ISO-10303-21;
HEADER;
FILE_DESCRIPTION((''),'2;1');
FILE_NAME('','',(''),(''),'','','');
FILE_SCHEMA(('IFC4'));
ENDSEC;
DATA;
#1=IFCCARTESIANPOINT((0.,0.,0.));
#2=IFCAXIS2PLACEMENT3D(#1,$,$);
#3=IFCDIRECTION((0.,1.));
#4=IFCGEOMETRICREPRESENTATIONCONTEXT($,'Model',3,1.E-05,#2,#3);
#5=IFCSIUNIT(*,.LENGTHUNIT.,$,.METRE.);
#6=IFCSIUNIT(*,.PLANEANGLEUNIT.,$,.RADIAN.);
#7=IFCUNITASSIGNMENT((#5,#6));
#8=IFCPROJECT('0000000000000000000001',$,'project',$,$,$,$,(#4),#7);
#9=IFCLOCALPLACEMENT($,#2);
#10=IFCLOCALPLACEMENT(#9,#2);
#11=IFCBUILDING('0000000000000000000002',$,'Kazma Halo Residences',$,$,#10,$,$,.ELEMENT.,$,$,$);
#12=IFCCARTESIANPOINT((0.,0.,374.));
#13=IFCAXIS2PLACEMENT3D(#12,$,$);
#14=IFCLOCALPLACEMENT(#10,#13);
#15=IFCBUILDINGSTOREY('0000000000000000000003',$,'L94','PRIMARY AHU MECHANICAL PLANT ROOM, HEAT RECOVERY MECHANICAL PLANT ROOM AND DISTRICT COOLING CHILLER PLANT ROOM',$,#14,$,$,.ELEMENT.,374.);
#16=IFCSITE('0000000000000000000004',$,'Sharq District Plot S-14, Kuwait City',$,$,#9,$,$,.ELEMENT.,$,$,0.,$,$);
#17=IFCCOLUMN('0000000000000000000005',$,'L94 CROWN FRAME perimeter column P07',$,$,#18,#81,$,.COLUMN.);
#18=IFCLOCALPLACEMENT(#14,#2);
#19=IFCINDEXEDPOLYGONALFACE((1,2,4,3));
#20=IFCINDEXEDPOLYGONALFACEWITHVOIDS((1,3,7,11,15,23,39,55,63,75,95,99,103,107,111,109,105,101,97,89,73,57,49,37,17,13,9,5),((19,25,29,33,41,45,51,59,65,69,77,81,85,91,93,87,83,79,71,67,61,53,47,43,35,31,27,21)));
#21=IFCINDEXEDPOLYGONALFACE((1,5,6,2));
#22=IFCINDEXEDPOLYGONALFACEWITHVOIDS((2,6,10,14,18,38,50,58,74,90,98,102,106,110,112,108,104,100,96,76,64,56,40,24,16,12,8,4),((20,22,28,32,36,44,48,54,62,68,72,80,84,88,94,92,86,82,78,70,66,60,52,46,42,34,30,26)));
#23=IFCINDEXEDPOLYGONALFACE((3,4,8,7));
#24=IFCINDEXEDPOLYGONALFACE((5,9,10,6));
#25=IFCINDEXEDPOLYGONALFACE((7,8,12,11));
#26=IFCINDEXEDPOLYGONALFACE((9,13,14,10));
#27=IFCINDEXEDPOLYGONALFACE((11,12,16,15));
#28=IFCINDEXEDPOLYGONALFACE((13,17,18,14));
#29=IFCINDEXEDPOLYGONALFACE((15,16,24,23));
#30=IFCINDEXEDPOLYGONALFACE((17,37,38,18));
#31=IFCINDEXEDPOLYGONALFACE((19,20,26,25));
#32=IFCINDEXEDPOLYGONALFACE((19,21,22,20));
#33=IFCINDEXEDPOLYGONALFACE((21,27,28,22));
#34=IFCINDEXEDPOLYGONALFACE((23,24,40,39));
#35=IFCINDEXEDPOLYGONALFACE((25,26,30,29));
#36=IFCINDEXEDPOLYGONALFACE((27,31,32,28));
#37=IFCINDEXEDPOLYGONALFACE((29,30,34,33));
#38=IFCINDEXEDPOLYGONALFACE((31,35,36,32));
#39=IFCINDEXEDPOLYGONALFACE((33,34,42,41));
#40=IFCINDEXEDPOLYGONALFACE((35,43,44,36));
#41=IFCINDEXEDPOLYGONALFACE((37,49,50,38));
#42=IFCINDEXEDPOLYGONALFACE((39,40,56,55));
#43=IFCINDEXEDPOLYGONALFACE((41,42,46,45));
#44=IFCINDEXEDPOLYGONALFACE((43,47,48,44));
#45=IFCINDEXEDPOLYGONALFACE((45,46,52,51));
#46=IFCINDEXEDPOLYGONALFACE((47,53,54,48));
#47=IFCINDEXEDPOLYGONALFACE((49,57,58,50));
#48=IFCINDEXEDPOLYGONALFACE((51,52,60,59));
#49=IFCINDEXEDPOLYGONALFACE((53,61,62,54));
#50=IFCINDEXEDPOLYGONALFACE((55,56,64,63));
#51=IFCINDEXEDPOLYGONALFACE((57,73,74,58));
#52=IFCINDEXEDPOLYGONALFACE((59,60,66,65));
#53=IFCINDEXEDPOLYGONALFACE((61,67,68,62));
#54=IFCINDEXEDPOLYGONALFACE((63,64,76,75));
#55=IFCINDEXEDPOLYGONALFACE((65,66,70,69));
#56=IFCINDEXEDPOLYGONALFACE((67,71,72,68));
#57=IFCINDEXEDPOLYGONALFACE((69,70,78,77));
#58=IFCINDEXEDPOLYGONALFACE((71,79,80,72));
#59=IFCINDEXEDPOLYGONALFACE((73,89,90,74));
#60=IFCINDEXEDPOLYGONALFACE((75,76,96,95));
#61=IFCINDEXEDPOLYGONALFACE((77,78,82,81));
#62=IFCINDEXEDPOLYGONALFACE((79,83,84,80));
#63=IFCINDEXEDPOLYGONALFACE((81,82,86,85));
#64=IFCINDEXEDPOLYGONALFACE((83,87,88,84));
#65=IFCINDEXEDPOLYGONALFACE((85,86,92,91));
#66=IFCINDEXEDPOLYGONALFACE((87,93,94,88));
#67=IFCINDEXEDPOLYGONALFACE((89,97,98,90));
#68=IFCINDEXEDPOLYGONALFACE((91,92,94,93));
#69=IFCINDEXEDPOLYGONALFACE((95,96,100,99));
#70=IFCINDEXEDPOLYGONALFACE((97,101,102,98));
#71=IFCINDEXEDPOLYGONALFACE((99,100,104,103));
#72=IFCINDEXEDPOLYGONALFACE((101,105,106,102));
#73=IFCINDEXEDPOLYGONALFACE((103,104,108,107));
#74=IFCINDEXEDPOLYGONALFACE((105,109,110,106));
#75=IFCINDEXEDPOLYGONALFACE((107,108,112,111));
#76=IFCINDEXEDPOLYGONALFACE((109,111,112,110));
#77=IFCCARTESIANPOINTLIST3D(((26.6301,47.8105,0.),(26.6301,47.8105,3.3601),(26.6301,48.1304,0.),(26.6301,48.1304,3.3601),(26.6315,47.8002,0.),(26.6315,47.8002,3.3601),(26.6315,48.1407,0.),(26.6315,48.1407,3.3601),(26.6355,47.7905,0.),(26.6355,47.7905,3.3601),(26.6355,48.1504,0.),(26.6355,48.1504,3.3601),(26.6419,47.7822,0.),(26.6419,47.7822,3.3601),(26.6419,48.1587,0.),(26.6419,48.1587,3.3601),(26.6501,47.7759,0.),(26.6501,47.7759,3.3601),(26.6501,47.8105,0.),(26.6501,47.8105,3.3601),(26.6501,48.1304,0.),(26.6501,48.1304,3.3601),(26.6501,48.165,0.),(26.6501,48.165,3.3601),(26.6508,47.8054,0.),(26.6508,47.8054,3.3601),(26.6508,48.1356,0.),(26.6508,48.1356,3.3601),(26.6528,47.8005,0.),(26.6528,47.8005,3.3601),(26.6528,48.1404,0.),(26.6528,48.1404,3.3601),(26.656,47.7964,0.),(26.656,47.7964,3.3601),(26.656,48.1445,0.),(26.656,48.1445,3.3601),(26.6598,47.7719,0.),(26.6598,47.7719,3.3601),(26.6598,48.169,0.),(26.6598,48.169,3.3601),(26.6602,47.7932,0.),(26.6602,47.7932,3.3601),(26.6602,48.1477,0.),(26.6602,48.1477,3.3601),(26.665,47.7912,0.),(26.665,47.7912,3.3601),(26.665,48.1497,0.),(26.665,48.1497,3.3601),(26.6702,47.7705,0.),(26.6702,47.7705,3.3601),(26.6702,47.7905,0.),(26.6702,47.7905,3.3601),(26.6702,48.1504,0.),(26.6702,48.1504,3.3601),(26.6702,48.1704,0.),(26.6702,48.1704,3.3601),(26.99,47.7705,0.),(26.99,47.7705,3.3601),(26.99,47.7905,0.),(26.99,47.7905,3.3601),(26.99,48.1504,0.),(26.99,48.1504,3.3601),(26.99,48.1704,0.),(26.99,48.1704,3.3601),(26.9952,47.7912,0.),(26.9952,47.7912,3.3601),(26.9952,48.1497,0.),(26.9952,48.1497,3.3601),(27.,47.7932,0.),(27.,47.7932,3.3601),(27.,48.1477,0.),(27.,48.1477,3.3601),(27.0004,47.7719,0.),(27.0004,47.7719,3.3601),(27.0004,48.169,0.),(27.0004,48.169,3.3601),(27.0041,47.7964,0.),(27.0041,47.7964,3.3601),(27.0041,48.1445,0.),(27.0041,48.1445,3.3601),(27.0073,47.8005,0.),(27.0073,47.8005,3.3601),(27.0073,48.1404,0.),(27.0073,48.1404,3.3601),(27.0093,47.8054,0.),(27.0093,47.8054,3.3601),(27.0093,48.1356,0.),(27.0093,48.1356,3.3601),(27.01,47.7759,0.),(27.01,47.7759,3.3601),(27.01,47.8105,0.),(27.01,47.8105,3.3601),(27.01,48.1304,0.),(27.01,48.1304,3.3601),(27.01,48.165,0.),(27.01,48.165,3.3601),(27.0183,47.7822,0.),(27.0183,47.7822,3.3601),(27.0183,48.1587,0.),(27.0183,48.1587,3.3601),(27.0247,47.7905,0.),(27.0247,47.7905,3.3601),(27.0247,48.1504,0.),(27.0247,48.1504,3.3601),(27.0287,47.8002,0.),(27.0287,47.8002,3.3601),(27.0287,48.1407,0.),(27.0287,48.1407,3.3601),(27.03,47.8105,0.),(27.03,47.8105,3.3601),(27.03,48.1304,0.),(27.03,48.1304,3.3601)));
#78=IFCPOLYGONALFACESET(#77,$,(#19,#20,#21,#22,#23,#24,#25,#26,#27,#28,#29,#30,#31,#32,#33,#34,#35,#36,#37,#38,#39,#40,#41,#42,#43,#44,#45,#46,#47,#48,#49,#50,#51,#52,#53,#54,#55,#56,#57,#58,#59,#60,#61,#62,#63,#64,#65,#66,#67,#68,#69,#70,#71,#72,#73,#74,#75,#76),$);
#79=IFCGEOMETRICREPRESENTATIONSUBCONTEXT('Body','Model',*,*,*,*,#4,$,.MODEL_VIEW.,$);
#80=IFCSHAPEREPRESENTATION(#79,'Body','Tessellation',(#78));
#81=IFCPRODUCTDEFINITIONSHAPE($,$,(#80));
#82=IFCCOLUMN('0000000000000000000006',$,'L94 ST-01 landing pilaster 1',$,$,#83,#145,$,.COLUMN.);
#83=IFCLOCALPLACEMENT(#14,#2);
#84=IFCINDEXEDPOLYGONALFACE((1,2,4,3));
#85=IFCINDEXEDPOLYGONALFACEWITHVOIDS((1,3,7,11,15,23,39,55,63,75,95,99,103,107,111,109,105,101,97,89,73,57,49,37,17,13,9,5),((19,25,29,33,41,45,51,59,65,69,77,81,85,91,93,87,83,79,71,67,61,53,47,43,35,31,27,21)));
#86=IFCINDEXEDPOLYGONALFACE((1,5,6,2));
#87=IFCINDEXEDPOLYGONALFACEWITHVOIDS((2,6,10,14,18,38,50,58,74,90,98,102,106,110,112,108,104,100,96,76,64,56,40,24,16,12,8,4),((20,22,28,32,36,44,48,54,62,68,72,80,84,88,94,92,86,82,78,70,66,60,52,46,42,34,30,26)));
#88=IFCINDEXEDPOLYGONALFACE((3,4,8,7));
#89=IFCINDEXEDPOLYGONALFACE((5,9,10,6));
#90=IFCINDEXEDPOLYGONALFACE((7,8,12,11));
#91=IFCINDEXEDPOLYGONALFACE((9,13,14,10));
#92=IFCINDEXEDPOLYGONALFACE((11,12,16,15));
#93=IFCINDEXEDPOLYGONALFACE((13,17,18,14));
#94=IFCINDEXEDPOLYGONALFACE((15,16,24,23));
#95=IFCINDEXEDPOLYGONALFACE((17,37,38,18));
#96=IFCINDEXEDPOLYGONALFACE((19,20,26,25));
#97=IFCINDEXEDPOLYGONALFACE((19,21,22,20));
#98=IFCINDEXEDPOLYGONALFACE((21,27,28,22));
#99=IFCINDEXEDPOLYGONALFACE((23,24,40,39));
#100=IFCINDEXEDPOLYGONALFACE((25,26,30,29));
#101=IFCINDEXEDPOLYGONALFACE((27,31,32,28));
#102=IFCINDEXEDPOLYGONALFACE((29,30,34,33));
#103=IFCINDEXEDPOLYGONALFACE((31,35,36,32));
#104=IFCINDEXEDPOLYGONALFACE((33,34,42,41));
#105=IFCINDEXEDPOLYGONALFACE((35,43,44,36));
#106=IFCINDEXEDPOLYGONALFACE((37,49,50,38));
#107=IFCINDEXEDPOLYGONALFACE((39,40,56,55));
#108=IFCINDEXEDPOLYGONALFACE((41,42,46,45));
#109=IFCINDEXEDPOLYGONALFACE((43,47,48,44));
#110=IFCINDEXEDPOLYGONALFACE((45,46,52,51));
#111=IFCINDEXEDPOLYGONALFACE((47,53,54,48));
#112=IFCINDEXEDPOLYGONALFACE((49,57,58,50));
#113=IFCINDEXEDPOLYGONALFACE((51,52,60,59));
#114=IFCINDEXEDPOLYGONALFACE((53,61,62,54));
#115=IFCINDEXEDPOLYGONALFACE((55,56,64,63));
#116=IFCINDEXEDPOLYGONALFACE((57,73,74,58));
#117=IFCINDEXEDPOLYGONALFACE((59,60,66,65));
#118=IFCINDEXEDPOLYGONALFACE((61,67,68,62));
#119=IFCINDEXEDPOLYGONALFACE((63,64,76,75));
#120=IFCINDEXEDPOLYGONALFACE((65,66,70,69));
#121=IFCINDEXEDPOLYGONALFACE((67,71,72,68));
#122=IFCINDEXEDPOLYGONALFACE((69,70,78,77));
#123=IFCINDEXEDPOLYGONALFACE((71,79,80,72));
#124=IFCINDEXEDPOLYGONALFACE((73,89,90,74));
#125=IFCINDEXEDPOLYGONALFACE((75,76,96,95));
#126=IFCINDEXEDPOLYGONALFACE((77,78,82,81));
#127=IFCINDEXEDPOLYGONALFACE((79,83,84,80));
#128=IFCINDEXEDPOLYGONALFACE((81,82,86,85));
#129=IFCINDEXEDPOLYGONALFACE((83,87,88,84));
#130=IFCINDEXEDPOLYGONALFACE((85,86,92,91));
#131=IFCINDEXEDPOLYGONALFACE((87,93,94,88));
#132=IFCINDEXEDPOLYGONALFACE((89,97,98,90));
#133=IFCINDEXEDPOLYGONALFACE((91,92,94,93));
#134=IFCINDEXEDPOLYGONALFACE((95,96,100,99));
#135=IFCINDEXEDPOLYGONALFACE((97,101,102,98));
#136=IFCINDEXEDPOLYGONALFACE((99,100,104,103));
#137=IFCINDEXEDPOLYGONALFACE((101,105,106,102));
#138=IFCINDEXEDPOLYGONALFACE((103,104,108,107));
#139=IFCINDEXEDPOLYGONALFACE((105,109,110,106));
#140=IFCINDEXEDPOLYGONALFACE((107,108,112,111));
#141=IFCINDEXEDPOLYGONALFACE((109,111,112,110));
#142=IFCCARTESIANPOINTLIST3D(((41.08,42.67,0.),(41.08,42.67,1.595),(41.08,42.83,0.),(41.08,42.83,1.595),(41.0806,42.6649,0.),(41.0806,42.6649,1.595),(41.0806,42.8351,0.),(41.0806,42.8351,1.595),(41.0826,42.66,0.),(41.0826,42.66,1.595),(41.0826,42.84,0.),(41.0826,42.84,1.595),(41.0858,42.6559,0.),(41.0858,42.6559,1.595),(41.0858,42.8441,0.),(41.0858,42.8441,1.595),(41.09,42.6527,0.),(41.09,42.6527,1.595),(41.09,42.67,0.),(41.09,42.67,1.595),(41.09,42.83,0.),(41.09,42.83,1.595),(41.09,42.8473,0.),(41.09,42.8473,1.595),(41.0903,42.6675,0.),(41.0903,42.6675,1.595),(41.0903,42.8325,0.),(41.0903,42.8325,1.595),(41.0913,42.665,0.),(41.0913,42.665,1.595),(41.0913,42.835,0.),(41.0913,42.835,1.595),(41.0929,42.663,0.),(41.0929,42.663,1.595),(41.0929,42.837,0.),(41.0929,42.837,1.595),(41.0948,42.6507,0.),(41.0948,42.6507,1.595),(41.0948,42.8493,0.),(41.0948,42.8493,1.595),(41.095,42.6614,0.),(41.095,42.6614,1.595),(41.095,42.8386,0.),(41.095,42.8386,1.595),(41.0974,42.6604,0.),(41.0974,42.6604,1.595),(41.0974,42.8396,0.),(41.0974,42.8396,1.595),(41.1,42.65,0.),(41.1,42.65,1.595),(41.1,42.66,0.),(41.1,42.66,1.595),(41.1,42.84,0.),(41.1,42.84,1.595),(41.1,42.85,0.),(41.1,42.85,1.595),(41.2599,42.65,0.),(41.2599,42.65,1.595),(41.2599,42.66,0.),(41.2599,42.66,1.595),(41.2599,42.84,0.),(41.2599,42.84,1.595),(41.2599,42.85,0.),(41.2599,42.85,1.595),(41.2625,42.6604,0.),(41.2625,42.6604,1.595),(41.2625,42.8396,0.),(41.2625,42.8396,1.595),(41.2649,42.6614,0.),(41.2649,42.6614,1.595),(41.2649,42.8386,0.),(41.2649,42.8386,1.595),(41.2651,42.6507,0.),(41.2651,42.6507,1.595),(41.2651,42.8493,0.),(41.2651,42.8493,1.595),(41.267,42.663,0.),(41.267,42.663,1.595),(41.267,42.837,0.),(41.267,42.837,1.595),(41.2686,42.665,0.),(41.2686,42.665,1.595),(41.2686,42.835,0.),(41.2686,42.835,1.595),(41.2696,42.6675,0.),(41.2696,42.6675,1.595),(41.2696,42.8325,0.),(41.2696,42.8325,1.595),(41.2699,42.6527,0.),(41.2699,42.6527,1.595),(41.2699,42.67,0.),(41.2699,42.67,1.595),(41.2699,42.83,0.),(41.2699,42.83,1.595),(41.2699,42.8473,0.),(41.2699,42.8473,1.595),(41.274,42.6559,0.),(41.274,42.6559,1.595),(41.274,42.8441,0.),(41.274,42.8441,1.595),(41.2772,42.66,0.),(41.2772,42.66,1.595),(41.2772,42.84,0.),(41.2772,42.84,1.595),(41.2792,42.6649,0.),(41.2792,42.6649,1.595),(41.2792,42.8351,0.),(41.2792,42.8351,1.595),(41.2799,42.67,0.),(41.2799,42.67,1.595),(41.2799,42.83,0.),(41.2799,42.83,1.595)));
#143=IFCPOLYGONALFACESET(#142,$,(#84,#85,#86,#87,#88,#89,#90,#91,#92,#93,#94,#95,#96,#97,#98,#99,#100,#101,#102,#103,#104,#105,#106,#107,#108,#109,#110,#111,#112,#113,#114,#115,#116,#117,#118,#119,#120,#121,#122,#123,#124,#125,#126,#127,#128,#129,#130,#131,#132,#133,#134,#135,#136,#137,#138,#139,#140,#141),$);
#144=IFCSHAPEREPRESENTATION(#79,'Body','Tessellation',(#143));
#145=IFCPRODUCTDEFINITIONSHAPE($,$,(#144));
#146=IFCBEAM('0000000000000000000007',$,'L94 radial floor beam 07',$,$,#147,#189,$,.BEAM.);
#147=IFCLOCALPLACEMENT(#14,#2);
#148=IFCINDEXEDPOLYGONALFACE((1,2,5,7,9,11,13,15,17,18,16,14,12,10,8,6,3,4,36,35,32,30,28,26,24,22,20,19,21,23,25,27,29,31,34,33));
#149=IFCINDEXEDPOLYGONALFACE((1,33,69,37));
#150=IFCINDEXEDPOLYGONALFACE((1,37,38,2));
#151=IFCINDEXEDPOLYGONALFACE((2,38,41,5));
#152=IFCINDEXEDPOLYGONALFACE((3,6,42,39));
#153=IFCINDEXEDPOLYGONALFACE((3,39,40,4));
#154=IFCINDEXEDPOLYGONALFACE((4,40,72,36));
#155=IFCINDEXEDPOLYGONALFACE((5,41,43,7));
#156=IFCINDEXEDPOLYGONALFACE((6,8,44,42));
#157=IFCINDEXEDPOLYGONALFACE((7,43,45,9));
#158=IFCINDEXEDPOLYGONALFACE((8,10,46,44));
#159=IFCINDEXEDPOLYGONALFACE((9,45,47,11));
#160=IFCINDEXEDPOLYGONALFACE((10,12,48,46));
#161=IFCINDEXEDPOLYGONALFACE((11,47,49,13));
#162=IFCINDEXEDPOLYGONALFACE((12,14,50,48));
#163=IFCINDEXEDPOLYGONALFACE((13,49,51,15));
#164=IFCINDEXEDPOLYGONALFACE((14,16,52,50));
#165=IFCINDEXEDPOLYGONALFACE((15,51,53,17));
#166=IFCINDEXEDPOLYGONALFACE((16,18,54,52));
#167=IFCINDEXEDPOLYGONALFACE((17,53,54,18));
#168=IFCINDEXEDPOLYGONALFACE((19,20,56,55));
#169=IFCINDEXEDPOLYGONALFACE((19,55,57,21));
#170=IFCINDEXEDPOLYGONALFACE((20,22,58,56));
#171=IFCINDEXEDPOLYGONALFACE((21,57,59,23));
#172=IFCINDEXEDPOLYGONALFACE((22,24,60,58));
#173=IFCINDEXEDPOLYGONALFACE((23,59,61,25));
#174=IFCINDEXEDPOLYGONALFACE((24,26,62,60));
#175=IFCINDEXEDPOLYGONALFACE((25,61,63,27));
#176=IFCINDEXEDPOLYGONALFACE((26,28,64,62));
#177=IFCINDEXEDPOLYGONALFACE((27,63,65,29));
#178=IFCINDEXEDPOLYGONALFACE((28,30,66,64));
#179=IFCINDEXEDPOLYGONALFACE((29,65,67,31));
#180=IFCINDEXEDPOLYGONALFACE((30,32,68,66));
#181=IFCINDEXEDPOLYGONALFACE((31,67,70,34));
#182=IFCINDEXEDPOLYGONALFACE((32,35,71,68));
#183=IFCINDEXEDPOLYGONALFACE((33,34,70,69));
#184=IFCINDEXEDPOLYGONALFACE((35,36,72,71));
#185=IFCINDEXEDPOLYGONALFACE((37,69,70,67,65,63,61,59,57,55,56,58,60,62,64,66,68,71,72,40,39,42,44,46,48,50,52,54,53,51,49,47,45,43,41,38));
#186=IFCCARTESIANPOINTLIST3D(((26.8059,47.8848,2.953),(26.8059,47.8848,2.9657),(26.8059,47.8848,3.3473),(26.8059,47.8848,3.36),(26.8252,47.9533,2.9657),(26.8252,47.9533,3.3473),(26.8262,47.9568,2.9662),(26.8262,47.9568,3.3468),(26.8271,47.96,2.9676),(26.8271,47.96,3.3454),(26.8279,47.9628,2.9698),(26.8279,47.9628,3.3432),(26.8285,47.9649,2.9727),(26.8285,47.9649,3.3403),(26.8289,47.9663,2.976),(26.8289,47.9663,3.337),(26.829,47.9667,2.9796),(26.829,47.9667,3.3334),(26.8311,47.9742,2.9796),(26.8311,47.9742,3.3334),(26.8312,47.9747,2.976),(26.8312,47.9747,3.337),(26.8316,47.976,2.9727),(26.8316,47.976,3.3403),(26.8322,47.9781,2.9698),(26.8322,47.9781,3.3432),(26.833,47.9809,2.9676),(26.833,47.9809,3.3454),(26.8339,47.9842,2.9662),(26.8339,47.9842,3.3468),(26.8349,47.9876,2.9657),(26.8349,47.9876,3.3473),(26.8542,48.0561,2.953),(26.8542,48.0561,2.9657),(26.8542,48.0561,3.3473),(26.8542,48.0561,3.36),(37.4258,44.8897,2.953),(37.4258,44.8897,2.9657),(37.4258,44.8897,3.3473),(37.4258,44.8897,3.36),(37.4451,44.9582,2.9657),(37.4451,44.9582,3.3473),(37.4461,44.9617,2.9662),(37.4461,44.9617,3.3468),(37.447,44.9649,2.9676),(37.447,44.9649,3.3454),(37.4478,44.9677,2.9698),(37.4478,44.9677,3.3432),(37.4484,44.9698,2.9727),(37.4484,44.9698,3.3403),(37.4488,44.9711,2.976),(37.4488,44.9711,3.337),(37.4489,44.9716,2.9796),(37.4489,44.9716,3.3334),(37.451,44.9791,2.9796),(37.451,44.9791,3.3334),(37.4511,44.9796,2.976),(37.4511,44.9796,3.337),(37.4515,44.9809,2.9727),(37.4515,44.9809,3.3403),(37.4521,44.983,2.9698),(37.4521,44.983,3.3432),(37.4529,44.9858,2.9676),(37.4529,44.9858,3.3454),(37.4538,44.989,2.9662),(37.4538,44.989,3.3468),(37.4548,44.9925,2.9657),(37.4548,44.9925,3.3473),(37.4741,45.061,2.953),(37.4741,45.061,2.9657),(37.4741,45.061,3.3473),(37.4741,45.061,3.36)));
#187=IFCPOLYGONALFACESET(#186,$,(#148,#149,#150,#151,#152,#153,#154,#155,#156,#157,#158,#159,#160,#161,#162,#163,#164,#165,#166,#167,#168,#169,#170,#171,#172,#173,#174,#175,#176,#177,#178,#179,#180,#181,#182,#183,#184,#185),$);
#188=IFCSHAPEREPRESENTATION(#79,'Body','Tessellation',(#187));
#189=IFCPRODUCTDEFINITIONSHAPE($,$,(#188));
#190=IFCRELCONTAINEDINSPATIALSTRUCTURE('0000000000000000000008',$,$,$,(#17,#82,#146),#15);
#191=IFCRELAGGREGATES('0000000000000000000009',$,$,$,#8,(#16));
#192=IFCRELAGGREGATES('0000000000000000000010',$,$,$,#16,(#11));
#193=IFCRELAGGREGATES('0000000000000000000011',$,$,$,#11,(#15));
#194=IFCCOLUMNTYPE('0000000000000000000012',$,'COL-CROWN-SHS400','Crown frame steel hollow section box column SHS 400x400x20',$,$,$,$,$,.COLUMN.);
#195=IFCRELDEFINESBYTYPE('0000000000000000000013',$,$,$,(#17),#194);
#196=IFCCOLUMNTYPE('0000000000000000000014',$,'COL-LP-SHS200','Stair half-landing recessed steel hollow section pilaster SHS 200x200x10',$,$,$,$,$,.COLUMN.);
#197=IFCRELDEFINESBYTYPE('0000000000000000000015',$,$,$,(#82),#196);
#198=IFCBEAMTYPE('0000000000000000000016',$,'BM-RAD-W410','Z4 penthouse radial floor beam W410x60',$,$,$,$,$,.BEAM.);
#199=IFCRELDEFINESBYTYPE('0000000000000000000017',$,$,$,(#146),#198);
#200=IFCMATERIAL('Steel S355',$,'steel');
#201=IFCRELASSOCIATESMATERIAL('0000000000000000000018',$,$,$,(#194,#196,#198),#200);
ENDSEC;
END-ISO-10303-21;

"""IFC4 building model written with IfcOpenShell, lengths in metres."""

from ifc_helpers import new_model, si_unit, direction, frame, origin, origin_2d, place, context, subcontext, project, spatial, hollow_rectangle, i_section, extrude, material, material_profile, profile_set, type_object, element, save


model = new_model("IFC4")

# Units and contexts
model_context = context("Model", 3, precision=1e-05, world=origin(), true_north=direction((0.0, 1.0)))
body_context = subcontext(model_context, "Body", "Model", "MODEL_VIEW")
ifc_project = project(units=[si_unit("LENGTHUNIT", "METRE"), si_unit("PLANEANGLEUNIT", "RADIAN")], contexts=[model_context])

# Site, building, storey
site_placement = place(None, origin())
site = spatial("IfcSite", under=ifc_project, at=site_placement, Name="Sharq District Plot S-14, Kuwait City", CompositionType="ELEMENT", RefElevation=0.0)
building_placement = place(site_placement, origin())
building = spatial("IfcBuilding", under=site, at=building_placement, Name="Kazma Halo Residences", CompositionType="ELEMENT")
storey_placement = place(building_placement, frame((0.0, 0.0, 374.0)))
storey = spatial("IfcBuildingStorey", under=building, at=storey_placement, Name="L94", Description="PRIMARY AHU MECHANICAL PLANT ROOM, HEAT RECOVERY MECHANICAL PLANT ROOM AND DISTRICT COOLING CHILLER PLANT ROOM", CompositionType="ELEMENT", Elevation=374.0)

# Columns
ifc_material_1 = material(Name="Steel S355", Category="steel")
ifc_material_profile_1 = material_profile(ifc_material_1, hollow_rectangle(XDim=0.3999, YDim=0.3999, WallThickness=0.02, InnerFilletRadius=0.02, OuterFilletRadius=0.04, at=origin_2d()), Name="SHS400x400x20")
ifc_profile_set_1 = profile_set([ifc_material_profile_1], Name="Steel S355")
column_type_1 = type_object("IfcColumnType", Name="COL-CROWN-SHS400", Description="Crown frame steel hollow section box column SHS 400x400x20", PredefinedType="COLUMN", material=ifc_profile_set_1)
column_1_placement = place(storey_placement, frame((26.8301, 47.9705, 0.0), z_axis=(0.0, 0.0, 1.0), x_axis=(1.0, 0.0, 0.0)))
element("IfcColumn", 1, at=column_1_placement, inside=storey, type_object=column_type_1, Name="L94 CROWN FRAME perimeter column P07", PredefinedType="COLUMN", context=body_context, shape_type="SweptSolid", body=[
    extrude(hollow_rectangle(XDim=0.3999, YDim=0.3999, WallThickness=0.02, InnerFilletRadius=0.02, OuterFilletRadius=0.04, at=origin_2d()), origin(), (0.0, 0.0, 1.0), 3.3601),
])
ifc_material_profile_2 = material_profile(ifc_material_1, hollow_rectangle(XDim=0.2, YDim=0.2, WallThickness=0.01, InnerFilletRadius=0.01, OuterFilletRadius=0.02, at=origin_2d()), Name="SHS200x200x10")
ifc_profile_set_2 = profile_set([ifc_material_profile_2], Name="Steel S355")
column_type_2 = type_object("IfcColumnType", Name="COL-LP-SHS200", Description="Stair half-landing recessed steel hollow section pilaster SHS 200x200x10", PredefinedType="COLUMN", material=ifc_profile_set_2)
column_2_placement = place(storey_placement, frame((41.1799, 42.75, 0.0), z_axis=(0.0, 0.0, 1.0), x_axis=(1.0, 0.0, 0.0)))
element("IfcColumn", 2, at=column_2_placement, inside=storey, type_object=column_type_2, Name="L94 ST-01 landing pilaster 1", PredefinedType="COLUMN", context=body_context, shape_type="SweptSolid", body=[
    extrude(hollow_rectangle(XDim=0.2, YDim=0.2, WallThickness=0.01, InnerFilletRadius=0.01, OuterFilletRadius=0.02, at=origin_2d()), origin(), (0.0, 0.0, 1.0), 1.595),
])

# Beam
ifc_material_profile_3 = material_profile(ifc_material_1, i_section(OverallWidth=0.178, OverallDepth=0.407, WebThickness=0.0078, FlangeThickness=0.0127, FilletRadius=0.0139, at=origin_2d()), Name="W410x60")
ifc_profile_set_3 = profile_set([ifc_material_profile_3], Name="Steel S355")
beam_type_1 = type_object("IfcBeamType", Name="BM-RAD-W410", Description="Z4 penthouse radial floor beam W410x60", PredefinedType="BEAM", material=ifc_profile_set_3)
beam_1_placement = place(storey_placement, frame((37.45, 44.9753, 3.1565), z_axis=(-0.962455, 0.271441, 0.0), x_axis=(-0.271441, -0.962455, 0.0)))
element("IfcBeam", 3, at=beam_1_placement, inside=storey, type_object=beam_type_1, Name="L94 radial floor beam 07", PredefinedType="BEAM", context=body_context, shape_type="SweptSolid", body=[
    extrude(i_section(OverallWidth=0.178, OverallDepth=0.407, WebThickness=0.0078, FlangeThickness=0.0127, FilletRadius=0.0139, at=origin_2d()), origin(), (0.0, 0.0, 1.0), 11.0342),
])

save(model, "model.ifc")
